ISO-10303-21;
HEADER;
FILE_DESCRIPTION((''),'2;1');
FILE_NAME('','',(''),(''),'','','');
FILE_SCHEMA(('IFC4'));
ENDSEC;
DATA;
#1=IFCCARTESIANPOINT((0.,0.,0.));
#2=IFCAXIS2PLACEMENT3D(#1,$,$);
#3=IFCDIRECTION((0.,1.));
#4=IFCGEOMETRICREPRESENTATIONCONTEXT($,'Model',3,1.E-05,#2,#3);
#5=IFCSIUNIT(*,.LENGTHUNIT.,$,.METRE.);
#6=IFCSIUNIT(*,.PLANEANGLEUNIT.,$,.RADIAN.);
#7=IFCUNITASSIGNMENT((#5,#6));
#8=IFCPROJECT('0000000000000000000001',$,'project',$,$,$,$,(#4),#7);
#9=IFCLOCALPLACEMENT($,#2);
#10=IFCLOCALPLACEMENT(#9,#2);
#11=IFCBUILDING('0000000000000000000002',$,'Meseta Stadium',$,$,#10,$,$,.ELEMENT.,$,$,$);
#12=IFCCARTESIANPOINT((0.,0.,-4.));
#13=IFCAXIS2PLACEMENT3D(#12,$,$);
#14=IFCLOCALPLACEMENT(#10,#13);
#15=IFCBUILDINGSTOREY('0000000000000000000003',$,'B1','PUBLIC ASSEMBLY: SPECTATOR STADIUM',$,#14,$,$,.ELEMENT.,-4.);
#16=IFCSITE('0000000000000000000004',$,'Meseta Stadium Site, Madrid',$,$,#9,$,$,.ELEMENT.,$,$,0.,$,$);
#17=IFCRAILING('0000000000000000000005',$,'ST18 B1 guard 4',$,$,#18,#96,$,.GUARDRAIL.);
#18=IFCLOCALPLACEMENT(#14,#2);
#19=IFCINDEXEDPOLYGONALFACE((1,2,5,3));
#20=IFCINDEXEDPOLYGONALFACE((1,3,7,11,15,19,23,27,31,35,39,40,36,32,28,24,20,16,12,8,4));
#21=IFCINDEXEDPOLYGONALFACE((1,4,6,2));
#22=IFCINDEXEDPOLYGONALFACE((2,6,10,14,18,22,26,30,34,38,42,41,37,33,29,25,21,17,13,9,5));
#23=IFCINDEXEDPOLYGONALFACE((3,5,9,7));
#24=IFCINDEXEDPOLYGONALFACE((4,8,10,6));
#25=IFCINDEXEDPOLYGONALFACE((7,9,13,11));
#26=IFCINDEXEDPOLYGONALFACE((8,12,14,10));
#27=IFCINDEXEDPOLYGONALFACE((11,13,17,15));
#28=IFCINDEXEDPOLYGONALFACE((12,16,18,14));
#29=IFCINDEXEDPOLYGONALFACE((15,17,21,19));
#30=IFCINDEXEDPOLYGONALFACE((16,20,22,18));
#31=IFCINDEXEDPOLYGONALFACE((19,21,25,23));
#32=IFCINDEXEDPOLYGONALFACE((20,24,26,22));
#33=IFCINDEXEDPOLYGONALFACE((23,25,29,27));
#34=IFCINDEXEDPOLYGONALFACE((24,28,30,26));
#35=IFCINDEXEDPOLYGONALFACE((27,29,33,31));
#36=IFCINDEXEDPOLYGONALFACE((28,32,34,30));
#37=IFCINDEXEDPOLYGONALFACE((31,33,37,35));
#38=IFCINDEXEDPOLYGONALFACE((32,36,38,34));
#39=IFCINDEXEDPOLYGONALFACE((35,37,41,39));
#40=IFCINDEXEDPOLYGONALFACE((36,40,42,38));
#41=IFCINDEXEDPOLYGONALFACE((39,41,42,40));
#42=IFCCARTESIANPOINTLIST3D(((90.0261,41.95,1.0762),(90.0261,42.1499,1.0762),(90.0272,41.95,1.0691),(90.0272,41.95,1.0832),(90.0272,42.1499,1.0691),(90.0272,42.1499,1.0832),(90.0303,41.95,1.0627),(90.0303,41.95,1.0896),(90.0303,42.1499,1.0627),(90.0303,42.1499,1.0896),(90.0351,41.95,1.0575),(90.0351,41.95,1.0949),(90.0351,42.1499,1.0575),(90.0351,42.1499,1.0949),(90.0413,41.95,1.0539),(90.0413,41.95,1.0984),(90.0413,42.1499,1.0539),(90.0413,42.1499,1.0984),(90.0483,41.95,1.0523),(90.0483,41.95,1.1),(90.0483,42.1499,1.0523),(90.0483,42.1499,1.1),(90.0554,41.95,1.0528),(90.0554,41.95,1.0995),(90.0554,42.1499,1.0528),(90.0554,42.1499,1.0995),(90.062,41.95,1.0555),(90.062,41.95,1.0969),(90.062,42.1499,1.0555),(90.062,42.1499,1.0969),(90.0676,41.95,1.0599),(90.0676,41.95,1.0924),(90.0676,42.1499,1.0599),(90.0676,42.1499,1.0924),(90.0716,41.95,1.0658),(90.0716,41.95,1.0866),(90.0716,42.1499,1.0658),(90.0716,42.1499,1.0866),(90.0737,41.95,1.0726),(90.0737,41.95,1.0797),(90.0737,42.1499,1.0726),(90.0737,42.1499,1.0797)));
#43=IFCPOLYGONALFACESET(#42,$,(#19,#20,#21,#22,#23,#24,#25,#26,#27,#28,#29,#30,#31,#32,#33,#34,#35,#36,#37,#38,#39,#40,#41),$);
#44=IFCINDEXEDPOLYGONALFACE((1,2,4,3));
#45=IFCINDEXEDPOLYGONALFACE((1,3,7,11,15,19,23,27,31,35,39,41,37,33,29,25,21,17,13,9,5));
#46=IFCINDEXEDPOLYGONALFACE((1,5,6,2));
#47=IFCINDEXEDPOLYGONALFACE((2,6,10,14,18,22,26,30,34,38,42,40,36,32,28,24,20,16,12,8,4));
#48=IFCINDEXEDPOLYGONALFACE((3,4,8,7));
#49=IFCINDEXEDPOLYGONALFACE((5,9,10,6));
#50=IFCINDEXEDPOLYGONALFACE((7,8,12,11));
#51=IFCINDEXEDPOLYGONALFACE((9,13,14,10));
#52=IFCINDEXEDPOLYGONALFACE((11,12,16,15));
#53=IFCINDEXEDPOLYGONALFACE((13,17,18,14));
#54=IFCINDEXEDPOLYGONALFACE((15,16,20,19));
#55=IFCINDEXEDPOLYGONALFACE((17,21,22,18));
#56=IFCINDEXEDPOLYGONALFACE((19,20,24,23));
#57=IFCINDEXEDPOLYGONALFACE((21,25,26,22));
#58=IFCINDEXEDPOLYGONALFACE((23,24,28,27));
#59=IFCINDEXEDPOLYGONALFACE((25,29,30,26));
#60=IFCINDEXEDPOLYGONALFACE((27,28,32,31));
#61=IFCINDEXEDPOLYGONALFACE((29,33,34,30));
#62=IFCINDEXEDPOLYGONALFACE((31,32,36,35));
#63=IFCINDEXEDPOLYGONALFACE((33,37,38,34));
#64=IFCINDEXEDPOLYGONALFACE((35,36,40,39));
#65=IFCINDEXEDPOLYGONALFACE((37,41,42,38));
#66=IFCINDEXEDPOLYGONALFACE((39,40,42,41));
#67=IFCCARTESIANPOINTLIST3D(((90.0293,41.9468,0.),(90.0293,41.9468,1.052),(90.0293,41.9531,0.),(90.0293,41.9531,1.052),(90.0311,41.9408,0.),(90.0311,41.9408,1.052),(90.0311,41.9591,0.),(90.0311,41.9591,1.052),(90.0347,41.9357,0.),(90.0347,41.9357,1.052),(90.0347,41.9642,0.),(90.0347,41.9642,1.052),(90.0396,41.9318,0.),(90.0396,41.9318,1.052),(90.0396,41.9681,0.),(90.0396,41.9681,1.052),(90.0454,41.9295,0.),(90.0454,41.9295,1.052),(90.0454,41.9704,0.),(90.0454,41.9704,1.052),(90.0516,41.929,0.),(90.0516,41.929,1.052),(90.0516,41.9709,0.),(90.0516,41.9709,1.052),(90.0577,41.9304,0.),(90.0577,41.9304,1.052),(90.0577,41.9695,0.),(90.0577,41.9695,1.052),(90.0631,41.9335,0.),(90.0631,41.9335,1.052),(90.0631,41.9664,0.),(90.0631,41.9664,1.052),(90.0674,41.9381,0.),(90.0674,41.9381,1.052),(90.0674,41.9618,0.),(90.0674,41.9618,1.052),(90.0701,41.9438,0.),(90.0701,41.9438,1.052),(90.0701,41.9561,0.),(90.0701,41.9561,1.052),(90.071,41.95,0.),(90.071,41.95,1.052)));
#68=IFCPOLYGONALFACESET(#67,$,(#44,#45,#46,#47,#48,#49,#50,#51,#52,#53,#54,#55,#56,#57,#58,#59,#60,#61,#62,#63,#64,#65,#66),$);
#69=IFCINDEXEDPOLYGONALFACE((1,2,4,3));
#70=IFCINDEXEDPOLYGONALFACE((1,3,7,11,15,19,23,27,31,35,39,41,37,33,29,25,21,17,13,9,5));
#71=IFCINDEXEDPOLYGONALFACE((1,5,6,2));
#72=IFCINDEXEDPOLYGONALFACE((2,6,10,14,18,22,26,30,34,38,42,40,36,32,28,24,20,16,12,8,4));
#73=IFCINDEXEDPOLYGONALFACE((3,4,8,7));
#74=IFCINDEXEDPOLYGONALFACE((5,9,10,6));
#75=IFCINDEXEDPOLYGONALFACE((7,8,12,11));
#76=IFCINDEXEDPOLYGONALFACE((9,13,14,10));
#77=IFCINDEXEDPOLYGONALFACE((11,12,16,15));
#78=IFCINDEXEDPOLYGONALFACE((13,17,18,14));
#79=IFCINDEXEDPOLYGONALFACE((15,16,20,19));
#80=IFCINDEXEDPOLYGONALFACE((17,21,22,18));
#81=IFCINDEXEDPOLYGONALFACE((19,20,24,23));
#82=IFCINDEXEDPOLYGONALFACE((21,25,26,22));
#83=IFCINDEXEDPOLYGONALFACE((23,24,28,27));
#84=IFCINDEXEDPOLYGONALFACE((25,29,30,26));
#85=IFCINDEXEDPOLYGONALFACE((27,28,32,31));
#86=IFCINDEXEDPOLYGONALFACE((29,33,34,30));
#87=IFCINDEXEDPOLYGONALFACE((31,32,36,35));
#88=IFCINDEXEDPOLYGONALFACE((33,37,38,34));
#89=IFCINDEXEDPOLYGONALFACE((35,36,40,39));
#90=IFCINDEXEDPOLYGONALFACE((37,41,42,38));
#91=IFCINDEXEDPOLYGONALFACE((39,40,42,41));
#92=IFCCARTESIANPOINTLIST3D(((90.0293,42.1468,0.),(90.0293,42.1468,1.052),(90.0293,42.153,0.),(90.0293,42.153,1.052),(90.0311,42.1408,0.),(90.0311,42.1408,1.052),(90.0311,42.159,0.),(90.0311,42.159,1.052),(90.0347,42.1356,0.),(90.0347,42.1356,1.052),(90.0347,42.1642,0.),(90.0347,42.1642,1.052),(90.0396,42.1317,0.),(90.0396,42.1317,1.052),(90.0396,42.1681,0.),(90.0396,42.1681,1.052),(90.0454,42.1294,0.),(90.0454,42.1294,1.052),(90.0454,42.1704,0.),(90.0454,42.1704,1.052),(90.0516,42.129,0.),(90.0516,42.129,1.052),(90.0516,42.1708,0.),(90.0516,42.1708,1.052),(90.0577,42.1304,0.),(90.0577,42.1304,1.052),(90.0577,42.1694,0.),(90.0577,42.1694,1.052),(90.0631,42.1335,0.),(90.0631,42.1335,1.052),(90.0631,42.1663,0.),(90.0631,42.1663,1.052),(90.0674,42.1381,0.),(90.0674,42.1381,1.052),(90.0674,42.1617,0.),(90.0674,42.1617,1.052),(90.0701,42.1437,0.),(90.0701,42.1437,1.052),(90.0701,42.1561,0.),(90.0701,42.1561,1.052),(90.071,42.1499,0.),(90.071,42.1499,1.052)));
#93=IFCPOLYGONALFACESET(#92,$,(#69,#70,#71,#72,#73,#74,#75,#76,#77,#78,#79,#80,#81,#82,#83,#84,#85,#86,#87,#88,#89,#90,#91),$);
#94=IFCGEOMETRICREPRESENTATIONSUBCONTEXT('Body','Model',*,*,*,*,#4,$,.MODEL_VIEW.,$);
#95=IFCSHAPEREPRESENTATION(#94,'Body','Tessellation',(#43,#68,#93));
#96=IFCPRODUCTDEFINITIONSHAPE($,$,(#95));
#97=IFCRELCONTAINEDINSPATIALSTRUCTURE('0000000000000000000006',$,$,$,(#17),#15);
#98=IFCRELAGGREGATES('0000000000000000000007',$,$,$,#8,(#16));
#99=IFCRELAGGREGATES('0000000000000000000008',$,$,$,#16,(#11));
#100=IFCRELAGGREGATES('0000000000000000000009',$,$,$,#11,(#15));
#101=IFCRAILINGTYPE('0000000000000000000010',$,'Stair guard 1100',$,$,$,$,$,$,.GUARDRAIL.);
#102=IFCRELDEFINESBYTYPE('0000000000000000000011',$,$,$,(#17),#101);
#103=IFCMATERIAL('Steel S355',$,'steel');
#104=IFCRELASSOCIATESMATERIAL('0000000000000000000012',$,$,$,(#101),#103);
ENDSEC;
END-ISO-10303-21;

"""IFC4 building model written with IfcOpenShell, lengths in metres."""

from ifc_helpers import new_model, si_unit, direction, frame, origin, origin_2d, place, context, subcontext, project, spatial, circle, extrude, material, type_object, element, save


model = new_model("IFC4")

# Units and contexts
model_context = context("Model", 3, precision=1e-05, world=origin(), true_north=direction((0.0, 1.0)))
body_context = subcontext(model_context, "Body", "Model", "MODEL_VIEW")
ifc_project = project(units=[si_unit("LENGTHUNIT", "METRE"), si_unit("PLANEANGLEUNIT", "RADIAN")], contexts=[model_context])

# Site, building, storey
site_placement = place(None, origin())
site = spatial("IfcSite", under=ifc_project, at=site_placement, Name="Meseta Stadium Site, Madrid", CompositionType="ELEMENT", RefElevation=0.0)
building_placement = place(site_placement, origin())
building = spatial("IfcBuilding", under=site, at=building_placement, Name="Meseta Stadium", CompositionType="ELEMENT")
storey_placement = place(building_placement, frame((0.0, 0.0, -4.0)))
storey = spatial("IfcBuildingStorey", under=building, at=storey_placement, Name="B1", Description="PUBLIC ASSEMBLY: SPECTATOR STADIUM", CompositionType="ELEMENT", Elevation=-4.0)

# Railing
ifc_material_1 = material(Name="Steel S355", Category="steel")
railing_type_1 = type_object("IfcRailingType", Name="Stair guard 1100", PredefinedType="GUARDRAIL", material=ifc_material_1)
railing_1_placement = place(storey_placement, frame((90.05, 41.95, 0.0)))
element("IfcRailing", 1, at=railing_1_placement, inside=storey, type_object=railing_type_1, Name="ST18 B1 guard 4", PredefinedType="GUARDRAIL", context=body_context, shape_type="SweptSolid", body=[
    extrude(circle(Radius=0.0239, at=origin_2d()), frame((0.0, 0.0, 1.0762), z_axis=(0.0, 1.0, 0.0), x_axis=(-1.0, 0.0, 0.0)), (0.0, 0.0, 1.0), 0.2),
    extrude(circle(Radius=0.021, at=origin_2d()), origin(), (0.0, 0.0, 1.0), 1.052),
    extrude(circle(Radius=0.021, at=origin_2d()), frame((0.0, 0.2, 0.0)), (0.0, 0.0, 1.0), 1.052),
])

save(model, "model.ifc")
